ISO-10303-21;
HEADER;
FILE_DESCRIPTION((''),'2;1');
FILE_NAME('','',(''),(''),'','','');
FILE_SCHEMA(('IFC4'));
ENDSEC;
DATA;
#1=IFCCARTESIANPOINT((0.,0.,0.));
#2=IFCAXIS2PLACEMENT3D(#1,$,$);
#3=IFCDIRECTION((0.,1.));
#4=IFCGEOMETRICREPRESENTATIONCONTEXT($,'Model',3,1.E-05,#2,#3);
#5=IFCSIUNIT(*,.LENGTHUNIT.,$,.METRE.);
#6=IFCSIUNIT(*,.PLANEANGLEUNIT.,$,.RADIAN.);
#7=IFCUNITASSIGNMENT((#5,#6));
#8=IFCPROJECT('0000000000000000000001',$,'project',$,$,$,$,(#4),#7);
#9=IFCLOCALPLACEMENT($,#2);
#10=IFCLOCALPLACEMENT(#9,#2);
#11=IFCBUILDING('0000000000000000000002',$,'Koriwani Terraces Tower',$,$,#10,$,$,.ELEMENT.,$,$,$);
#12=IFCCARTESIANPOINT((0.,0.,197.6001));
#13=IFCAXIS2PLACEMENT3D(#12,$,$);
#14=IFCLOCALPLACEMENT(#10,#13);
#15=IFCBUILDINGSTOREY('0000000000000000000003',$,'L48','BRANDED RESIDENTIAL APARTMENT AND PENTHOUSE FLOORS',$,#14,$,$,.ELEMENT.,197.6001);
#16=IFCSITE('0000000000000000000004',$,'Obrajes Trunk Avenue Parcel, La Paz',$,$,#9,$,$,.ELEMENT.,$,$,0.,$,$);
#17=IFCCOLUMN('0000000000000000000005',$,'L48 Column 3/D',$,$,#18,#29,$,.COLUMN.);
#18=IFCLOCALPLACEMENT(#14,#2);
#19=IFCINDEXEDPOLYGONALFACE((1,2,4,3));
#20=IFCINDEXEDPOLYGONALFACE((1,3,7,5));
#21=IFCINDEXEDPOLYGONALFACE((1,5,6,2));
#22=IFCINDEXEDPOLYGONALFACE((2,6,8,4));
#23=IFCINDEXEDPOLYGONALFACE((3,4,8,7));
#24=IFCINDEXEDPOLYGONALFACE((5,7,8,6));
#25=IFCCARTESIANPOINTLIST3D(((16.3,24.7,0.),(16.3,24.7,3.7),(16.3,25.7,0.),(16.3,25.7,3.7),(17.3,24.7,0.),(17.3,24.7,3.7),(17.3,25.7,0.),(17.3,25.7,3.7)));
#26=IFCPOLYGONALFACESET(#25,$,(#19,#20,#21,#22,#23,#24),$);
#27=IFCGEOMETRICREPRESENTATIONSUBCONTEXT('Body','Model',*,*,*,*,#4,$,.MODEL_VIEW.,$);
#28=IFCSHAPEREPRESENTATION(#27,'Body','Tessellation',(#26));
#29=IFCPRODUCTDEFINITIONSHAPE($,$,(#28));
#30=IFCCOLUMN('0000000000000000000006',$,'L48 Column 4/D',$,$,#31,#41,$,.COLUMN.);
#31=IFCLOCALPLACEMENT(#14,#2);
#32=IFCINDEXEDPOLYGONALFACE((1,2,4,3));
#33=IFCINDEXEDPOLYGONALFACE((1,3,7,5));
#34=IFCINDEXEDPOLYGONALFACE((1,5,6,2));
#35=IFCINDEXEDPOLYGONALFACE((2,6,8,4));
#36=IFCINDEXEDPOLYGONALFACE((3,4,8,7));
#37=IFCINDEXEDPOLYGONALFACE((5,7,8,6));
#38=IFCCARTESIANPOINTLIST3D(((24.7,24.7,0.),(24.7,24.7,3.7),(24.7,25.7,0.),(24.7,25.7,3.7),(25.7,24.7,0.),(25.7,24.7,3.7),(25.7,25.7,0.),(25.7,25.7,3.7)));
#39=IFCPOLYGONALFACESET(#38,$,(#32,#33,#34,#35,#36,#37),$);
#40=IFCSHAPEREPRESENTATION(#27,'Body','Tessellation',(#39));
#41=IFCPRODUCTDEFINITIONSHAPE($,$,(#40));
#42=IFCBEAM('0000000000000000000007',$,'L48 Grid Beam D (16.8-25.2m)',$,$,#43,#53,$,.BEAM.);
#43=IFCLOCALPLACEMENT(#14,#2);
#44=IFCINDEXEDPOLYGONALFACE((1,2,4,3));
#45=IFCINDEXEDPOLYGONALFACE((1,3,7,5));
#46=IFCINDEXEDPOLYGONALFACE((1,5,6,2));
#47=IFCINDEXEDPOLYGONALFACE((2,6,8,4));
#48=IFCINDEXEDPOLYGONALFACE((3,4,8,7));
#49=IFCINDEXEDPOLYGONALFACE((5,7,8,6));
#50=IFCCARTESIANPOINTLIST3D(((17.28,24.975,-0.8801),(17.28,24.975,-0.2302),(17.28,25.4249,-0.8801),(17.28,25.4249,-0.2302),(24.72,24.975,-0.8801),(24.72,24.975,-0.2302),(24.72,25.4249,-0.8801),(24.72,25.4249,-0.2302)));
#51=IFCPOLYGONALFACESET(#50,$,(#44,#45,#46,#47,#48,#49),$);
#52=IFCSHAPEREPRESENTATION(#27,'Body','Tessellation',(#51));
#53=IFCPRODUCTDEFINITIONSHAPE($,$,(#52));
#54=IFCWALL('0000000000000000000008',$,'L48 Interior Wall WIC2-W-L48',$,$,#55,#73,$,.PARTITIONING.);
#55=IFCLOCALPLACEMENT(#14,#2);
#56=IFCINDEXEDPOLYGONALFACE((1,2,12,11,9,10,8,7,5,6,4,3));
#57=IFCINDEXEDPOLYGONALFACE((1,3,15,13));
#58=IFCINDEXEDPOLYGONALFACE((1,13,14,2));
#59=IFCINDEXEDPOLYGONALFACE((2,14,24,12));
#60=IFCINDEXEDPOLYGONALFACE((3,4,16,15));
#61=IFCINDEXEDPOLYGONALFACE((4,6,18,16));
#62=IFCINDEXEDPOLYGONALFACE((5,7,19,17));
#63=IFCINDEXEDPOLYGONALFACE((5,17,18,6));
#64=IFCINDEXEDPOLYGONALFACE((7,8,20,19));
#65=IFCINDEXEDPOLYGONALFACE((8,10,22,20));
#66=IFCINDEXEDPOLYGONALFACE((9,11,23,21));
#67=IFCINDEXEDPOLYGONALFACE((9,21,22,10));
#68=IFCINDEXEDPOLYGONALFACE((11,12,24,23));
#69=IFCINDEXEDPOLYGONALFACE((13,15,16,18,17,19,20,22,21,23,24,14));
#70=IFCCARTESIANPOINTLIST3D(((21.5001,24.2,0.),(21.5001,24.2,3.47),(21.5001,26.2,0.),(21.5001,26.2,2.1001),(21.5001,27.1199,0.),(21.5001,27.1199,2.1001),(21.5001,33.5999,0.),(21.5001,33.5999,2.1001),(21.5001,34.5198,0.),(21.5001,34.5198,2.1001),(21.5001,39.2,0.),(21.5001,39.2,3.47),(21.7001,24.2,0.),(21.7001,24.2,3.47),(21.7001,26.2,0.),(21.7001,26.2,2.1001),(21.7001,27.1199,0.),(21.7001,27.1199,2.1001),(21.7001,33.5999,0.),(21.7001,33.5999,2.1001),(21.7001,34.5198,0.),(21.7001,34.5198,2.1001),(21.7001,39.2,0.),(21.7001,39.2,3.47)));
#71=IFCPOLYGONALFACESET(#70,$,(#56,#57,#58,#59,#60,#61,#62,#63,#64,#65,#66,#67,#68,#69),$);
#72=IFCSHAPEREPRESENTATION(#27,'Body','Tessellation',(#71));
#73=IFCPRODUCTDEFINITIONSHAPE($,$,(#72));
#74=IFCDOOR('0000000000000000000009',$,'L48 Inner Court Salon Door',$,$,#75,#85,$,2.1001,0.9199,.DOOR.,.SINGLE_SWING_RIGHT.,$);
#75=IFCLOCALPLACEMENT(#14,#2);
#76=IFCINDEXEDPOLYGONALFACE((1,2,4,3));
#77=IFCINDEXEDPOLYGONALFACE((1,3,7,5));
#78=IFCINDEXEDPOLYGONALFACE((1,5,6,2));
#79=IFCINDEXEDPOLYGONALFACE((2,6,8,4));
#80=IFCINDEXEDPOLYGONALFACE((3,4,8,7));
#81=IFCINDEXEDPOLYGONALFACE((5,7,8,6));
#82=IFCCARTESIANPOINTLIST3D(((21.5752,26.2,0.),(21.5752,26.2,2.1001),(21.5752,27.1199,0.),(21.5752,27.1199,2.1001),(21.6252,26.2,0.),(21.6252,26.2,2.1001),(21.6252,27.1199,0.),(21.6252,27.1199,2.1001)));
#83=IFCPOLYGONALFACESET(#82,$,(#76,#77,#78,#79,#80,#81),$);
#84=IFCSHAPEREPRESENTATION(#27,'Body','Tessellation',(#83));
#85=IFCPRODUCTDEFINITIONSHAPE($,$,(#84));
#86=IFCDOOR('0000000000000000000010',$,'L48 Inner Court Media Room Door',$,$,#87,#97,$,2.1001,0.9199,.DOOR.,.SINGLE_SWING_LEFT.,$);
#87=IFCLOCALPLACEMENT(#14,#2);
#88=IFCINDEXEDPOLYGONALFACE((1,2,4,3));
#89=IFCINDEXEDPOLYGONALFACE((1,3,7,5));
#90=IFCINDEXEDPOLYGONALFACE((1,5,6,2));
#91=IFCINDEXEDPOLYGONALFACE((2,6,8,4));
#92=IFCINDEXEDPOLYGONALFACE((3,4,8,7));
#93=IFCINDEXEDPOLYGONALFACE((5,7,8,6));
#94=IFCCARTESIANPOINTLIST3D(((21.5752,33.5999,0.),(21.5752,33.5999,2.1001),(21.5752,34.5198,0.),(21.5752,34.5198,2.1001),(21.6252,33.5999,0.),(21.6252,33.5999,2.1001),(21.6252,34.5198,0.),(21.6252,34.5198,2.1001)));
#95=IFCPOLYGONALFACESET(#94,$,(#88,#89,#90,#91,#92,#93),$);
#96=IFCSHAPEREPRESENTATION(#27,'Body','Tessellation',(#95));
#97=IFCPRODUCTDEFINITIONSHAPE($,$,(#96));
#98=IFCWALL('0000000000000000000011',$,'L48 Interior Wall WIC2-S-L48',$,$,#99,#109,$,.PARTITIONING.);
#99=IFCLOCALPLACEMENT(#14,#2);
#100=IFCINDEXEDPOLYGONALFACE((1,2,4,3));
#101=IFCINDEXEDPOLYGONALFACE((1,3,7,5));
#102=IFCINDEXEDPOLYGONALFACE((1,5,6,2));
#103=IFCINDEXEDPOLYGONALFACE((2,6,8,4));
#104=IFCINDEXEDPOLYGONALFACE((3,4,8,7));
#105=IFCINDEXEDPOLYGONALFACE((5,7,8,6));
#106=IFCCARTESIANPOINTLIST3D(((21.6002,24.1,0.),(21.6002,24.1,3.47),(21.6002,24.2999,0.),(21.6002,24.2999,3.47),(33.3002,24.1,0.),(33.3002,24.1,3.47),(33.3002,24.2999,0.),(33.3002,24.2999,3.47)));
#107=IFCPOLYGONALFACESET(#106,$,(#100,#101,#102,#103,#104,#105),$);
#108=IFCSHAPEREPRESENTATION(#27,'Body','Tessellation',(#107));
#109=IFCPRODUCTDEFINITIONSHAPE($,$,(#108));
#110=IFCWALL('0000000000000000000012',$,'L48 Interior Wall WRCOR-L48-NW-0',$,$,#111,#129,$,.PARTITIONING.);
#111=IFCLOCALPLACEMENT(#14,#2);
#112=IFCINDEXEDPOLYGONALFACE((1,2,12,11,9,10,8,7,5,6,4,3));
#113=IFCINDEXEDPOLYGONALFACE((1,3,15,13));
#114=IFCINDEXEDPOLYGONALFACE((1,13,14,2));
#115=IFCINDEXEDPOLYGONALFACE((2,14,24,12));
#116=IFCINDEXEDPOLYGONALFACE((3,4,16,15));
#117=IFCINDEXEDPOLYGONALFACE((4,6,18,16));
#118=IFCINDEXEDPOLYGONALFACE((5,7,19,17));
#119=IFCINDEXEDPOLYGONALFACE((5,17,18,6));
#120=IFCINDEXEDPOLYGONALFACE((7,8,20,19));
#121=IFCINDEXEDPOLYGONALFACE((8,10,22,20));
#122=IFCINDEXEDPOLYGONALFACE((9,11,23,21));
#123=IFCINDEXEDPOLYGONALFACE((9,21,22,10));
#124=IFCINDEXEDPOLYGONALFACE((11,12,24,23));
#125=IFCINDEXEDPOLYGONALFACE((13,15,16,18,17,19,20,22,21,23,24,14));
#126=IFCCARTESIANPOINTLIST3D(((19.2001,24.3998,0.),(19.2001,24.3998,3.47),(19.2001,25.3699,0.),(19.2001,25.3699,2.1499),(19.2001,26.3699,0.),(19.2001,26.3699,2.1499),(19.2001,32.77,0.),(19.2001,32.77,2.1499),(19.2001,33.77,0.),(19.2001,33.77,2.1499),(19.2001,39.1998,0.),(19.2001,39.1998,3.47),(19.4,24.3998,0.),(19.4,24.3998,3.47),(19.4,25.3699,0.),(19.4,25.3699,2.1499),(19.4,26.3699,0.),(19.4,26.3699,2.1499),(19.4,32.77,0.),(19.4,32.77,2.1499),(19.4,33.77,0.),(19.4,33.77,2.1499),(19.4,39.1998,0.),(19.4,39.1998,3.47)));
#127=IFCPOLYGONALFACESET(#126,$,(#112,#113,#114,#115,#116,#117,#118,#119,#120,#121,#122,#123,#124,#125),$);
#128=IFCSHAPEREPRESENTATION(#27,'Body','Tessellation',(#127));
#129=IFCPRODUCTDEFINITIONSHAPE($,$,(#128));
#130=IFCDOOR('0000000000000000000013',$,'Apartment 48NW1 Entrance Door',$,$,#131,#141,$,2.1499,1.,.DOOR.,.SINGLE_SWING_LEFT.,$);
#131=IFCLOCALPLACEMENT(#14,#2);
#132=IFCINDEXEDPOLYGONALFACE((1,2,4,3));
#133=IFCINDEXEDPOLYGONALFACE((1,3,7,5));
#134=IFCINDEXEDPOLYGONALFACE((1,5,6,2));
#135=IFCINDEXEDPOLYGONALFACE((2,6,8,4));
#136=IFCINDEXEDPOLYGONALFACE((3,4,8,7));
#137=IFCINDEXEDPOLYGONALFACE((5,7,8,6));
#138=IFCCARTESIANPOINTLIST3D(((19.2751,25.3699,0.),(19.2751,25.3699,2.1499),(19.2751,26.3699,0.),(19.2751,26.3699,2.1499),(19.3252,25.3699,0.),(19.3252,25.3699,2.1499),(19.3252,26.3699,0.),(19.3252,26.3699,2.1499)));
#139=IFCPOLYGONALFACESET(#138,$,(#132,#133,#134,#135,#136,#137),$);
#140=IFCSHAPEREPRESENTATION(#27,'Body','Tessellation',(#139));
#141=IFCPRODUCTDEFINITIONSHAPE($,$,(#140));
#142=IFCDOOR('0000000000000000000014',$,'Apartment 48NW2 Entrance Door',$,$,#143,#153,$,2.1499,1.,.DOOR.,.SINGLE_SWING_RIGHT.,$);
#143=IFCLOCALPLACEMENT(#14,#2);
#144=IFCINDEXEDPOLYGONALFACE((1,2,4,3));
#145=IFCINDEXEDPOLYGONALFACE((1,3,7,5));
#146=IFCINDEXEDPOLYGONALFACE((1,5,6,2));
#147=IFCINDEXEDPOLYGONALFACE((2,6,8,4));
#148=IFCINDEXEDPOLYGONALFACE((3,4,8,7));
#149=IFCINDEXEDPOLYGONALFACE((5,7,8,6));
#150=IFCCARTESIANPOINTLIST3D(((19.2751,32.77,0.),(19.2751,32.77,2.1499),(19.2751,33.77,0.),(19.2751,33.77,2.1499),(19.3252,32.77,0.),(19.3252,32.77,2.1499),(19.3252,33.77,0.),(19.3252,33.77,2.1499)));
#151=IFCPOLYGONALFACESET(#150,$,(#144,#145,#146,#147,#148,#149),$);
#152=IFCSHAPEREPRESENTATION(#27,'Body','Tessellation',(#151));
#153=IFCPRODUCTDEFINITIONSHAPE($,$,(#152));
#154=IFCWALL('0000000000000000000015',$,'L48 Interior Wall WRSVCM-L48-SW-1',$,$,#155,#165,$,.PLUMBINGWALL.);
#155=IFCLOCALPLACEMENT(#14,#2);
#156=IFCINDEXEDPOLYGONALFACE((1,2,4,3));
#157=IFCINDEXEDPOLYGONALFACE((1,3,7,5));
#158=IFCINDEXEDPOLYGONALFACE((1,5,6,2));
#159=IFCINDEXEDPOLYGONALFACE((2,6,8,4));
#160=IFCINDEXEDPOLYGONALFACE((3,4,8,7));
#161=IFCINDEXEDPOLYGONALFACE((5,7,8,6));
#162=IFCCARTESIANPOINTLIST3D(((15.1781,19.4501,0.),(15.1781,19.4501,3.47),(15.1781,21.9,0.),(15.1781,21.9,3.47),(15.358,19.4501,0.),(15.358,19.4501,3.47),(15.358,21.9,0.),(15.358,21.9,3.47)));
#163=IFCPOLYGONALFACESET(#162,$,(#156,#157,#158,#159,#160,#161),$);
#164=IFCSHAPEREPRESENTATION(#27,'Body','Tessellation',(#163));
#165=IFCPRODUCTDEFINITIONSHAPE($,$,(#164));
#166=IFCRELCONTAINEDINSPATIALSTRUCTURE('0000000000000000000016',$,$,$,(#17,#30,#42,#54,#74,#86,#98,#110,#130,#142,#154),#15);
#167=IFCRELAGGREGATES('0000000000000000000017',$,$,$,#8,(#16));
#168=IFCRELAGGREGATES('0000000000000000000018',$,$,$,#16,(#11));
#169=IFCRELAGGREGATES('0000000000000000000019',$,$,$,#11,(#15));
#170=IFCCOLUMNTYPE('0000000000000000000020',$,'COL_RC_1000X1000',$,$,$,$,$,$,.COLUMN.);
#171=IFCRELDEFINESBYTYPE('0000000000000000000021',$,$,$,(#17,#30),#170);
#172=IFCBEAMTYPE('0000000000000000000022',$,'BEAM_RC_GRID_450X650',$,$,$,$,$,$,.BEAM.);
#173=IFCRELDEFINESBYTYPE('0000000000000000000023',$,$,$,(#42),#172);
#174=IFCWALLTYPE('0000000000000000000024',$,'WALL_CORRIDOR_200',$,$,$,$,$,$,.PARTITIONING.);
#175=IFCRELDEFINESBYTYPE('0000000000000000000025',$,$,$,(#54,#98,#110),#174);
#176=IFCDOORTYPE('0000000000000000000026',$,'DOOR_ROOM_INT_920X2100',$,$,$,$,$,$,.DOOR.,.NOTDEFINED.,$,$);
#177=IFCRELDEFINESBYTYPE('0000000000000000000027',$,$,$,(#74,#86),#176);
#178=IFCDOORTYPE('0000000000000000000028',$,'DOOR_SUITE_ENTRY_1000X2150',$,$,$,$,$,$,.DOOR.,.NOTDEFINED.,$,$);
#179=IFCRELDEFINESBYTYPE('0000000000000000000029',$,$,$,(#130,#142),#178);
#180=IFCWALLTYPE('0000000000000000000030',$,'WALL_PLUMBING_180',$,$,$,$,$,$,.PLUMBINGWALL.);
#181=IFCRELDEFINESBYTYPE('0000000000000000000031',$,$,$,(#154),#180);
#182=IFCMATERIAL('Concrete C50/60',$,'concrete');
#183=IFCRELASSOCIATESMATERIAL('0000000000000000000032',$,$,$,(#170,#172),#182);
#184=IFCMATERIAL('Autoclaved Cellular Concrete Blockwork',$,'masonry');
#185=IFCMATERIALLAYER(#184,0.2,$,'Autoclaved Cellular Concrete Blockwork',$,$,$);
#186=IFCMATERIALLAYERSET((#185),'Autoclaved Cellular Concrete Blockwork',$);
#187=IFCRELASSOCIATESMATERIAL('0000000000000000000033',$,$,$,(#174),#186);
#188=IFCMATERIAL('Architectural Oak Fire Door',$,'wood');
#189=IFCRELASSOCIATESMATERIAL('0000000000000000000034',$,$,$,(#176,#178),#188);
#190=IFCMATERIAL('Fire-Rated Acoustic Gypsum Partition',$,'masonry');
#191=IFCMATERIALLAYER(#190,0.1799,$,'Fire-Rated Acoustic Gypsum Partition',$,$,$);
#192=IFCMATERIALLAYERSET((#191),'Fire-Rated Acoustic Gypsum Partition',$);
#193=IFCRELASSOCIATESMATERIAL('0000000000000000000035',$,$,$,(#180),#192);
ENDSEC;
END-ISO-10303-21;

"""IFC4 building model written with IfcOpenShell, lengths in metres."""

from ifc_helpers import new_model, si_unit, direction, frame, frame_2d, origin, origin_2d, place, context, subcontext, project, spatial, rectangle, extrude, material, layer, layer_set, material_profile, profile_set, type_object, element, fill, save


model = new_model("IFC4")

# Units and contexts
model_context = context("Model", 3, precision=1e-05, world=origin(), true_north=direction((0.0, 1.0)))
body_context = subcontext(model_context, "Body", "Model", "MODEL_VIEW")
ifc_project = project(units=[si_unit("LENGTHUNIT", "METRE"), si_unit("PLANEANGLEUNIT", "RADIAN")], contexts=[model_context])

# Site, building, storey
site_placement = place(None, origin())
site = spatial("IfcSite", under=ifc_project, at=site_placement, Name="Obrajes Trunk Avenue Parcel, La Paz", CompositionType="ELEMENT", RefElevation=0.0)
building_placement = place(site_placement, origin())
building = spatial("IfcBuilding", under=site, at=building_placement, Name="Koriwani Terraces Tower", CompositionType="ELEMENT")
storey_placement = place(building_placement, frame((0.0, 0.0, 197.6001)))
storey = spatial("IfcBuildingStorey", under=building, at=storey_placement, Name="L48", Description="BRANDED RESIDENTIAL APARTMENT AND PENTHOUSE FLOORS", CompositionType="ELEMENT", Elevation=197.6001)

# Columns
ifc_material_1 = material(Name="Concrete C50/60", Category="concrete")
ifc_material_profile_1 = material_profile(ifc_material_1, rectangle(XDim=1.0, YDim=1.0, at=origin_2d()), Name="Concrete C50/60", Category="LoadBearing")
ifc_profile_set_1 = profile_set([ifc_material_profile_1], Name="Concrete C50/60")
column_type = type_object("IfcColumnType", Name="COL_RC_1000X1000", PredefinedType="COLUMN", material=ifc_profile_set_1)
for number, where, z_axis, x_axis, name in (
    (1, (16.8, 25.2, 0.0), (0.0, 0.0, 1.0), (1.0, 0.0, 0.0), "L48 Column 3/D"),
    (2, (25.2, 25.2, 0.0), (0.0, 0.0, 1.0), (1.0, 0.0, 0.0), "L48 Column 4/D"),
):
    element("IfcColumn", number, at=place(storey_placement, frame(where, z_axis=z_axis, x_axis=x_axis)), inside=storey, type_object=column_type, Name=name, PredefinedType="COLUMN", context=body_context, shape_type="SweptSolid", body=[
        extrude(rectangle(XDim=1.0, YDim=1.0, at=origin_2d()), origin(), (0.0, 0.0, 1.0), 3.7),
    ])

# Beam
ifc_material_profile_2 = material_profile(ifc_material_1, rectangle(XDim=0.45, YDim=0.6499, at=origin_2d()), Name="Concrete C50/60", Category="LoadBearing")
ifc_profile_set_2 = profile_set([ifc_material_profile_2], Name="Concrete C50/60")
beam_type = type_object("IfcBeamType", Name="BEAM_RC_GRID_450X650", PredefinedType="BEAM", material=ifc_profile_set_2)
beam_placement = place(storey_placement, frame((17.28, 25.2, -0.5552), z_axis=(1.0, 0.0, 0.0), x_axis=(0.0, 1.0, 0.0)))
element("IfcBeam", 3, at=beam_placement, inside=storey, type_object=beam_type, Name="L48 Grid Beam D (16.8-25.2m)", PredefinedType="BEAM", context=body_context, shape_type="SweptSolid", body=[
    extrude(rectangle(XDim=0.45, YDim=0.6499, at=origin_2d()), origin(), (0.0, 0.0, 1.0), 7.4399),
])

# Wall, openings, doors
ifc_material_2 = material(Name="Autoclaved Cellular Concrete Blockwork", Category="masonry")
ifc_layer_1 = layer(ifc_material_2, 0.2, Name="Autoclaved Cellular Concrete Blockwork")
ifc_layer_set_1 = layer_set([ifc_layer_1], Name="Autoclaved Cellular Concrete Blockwork")
wall_type_1 = type_object("IfcWallType", Name="WALL_CORRIDOR_200", PredefinedType="PARTITIONING", material=ifc_layer_set_1)
wall_1_placement = place(storey_placement, frame((21.6001, 24.2, 0.0), z_axis=(0.0, 0.0, 1.0), x_axis=(0.0, 1.0, 0.0)))
wall_1 = element("IfcWall", 4, at=wall_1_placement, inside=storey, type_object=wall_type_1, Name="L48 Interior Wall WIC2-W-L48", PredefinedType="PARTITIONING", context=body_context, shape_type="SweptSolid", body=[
    extrude(rectangle(XDim=15.0, YDim=0.2, at=frame_2d((7.5, 0.0))), origin(), (0.0, 0.0, 1.0), 3.47),
])
opening_1_placement = place(wall_1_placement, frame((2.0, 0.0, 0.0)))
opening_1 = element("IfcOpeningElement", 5, at=opening_1_placement, cuts=wall_1, PredefinedType="OPENING", context=body_context, shape_type="SweptSolid", body=[
    extrude(rectangle(XDim=0.9199, YDim=2.1001, at=frame_2d((0.46, 1.05))), frame((0.0, 0.1099, 0.0), z_axis=(0.0, -1.0, 0.0), x_axis=(1.0, 0.0, 0.0)), (0.0, 0.0, 1.0), 0.22),
])
opening_2_placement = place(wall_1_placement, frame((9.3999, 0.0, 0.0)))
opening_2 = element("IfcOpeningElement", 6, at=opening_2_placement, cuts=wall_1, PredefinedType="OPENING", context=body_context, shape_type="SweptSolid", body=[
    extrude(rectangle(XDim=0.9199, YDim=2.1001, at=frame_2d((0.46, 1.05))), frame((0.0, 0.1099, 0.0), z_axis=(0.0, -1.0, 0.0), x_axis=(1.0, 0.0, 0.0)), (0.0, 0.0, 1.0), 0.22),
])
ifc_material_3 = material(Name="Architectural Oak Fire Door", Category="wood")
door_type_1 = type_object("IfcDoorType", Name="DOOR_ROOM_INT_920X2100", OperationType="NOTDEFINED", PredefinedType="DOOR", material=ifc_material_3)
door_1_placement = place(opening_1_placement, origin())
door_1 = element("IfcDoor", 7, at=door_1_placement, inside=storey, type_object=door_type_1, Name="L48 Inner Court Salon Door", OperationType="SINGLE_SWING_RIGHT", OverallHeight=2.1001, OverallWidth=0.9199, PredefinedType="DOOR", context=body_context, shape_type="SweptSolid", body=[
    extrude(rectangle(XDim=0.9199, YDim=2.1001, at=frame_2d((0.46, 1.05))), frame((0.0, 0.0249, 0.0), z_axis=(0.0, -1.0, 0.0), x_axis=(1.0, 0.0, 0.0)), (0.0, 0.0, 1.0), 0.05),
])
fill(opening_1, door_1)
door_2_placement = place(opening_2_placement, origin())
door_2 = element("IfcDoor", 8, at=door_2_placement, inside=storey, type_object=door_type_1, Name="L48 Inner Court Media Room Door", OperationType="SINGLE_SWING_LEFT", OverallHeight=2.1001, OverallWidth=0.9199, PredefinedType="DOOR", context=body_context, shape_type="SweptSolid", body=[
    extrude(rectangle(XDim=0.9199, YDim=2.1001, at=frame_2d((0.46, 1.05))), frame((0.0, 0.0249, 0.0), z_axis=(0.0, -1.0, 0.0), x_axis=(1.0, 0.0, 0.0)), (0.0, 0.0, 1.0), 0.05),
])
fill(opening_2, door_2)

# Wall
wall_2_placement = place(storey_placement, frame((21.6001, 24.2, 0.0), z_axis=(0.0, 0.0, 1.0), x_axis=(1.0, 0.0, 0.0)))
element("IfcWall", 9, at=wall_2_placement, inside=storey, type_object=wall_type_1, Name="L48 Interior Wall WIC2-S-L48", PredefinedType="PARTITIONING", context=body_context, shape_type="SweptSolid", body=[
    extrude(rectangle(XDim=11.7, YDim=0.2, at=frame_2d((5.8501, 0.0))), origin(), (0.0, 0.0, 1.0), 3.47),
])

# Wall, openings, doors
wall_3_placement = place(storey_placement, frame((19.3, 24.3999, 0.0), z_axis=(0.0, 0.0, 1.0), x_axis=(0.0, 1.0, 0.0)))
wall_3 = element("IfcWall", 10, at=wall_3_placement, inside=storey, type_object=wall_type_1, Name="L48 Interior Wall WRCOR-L48-NW-0", PredefinedType="PARTITIONING", context=body_context, shape_type="SweptSolid", body=[
    extrude(rectangle(XDim=14.8, YDim=0.2, at=frame_2d((7.3999, 0.0))), origin(), (0.0, 0.0, 1.0), 3.47),
])
opening_3_placement = place(wall_3_placement, frame((0.97, 0.0, 0.0)))
opening_3 = element("IfcOpeningElement", 11, at=opening_3_placement, cuts=wall_3, PredefinedType="OPENING", context=body_context, shape_type="SweptSolid", body=[
    extrude(rectangle(XDim=1.0, YDim=2.1499, at=frame_2d((0.5, 1.075))), frame((0.0, 0.1099, 0.0), z_axis=(0.0, -1.0, 0.0), x_axis=(1.0, 0.0, 0.0)), (0.0, 0.0, 1.0), 0.22),
])
opening_4_placement = place(wall_3_placement, frame((8.3701, 0.0, 0.0)))
opening_4 = element("IfcOpeningElement", 12, at=opening_4_placement, cuts=wall_3, PredefinedType="OPENING", context=body_context, shape_type="SweptSolid", body=[
    extrude(rectangle(XDim=1.0, YDim=2.1499, at=frame_2d((0.5, 1.075))), frame((0.0, 0.1099, 0.0), z_axis=(0.0, -1.0, 0.0), x_axis=(1.0, 0.0, 0.0)), (0.0, 0.0, 1.0), 0.22),
])
door_type_2 = type_object("IfcDoorType", Name="DOOR_SUITE_ENTRY_1000X2150", OperationType="NOTDEFINED", PredefinedType="DOOR", material=ifc_material_3)
door_3_placement = place(opening_3_placement, origin())
door_3 = element("IfcDoor", 13, at=door_3_placement, inside=storey, type_object=door_type_2, Name="Apartment 48NW1 Entrance Door", OperationType="SINGLE_SWING_LEFT", OverallHeight=2.1499, OverallWidth=1.0, PredefinedType="DOOR", context=body_context, shape_type="SweptSolid", body=[
    extrude(rectangle(XDim=1.0, YDim=2.1499, at=frame_2d((0.5, 1.075))), frame((0.0, 0.0249, 0.0), z_axis=(0.0, -1.0, 0.0), x_axis=(1.0, 0.0, 0.0)), (0.0, 0.0, 1.0), 0.05),
])
fill(opening_3, door_3)
door_4_placement = place(opening_4_placement, origin())
door_4 = element("IfcDoor", 14, at=door_4_placement, inside=storey, type_object=door_type_2, Name="Apartment 48NW2 Entrance Door", OperationType="SINGLE_SWING_RIGHT", OverallHeight=2.1499, OverallWidth=1.0, PredefinedType="DOOR", context=body_context, shape_type="SweptSolid", body=[
    extrude(rectangle(XDim=1.0, YDim=2.1499, at=frame_2d((0.5, 1.075))), frame((0.0, 0.0249, 0.0), z_axis=(0.0, -1.0, 0.0), x_axis=(1.0, 0.0, 0.0)), (0.0, 0.0, 1.0), 0.05),
])
fill(opening_4, door_4)

# Wall
ifc_material_4 = material(Name="Fire-Rated Acoustic Gypsum Partition", Category="masonry")
ifc_layer_2 = layer(ifc_material_4, 0.1799, Name="Fire-Rated Acoustic Gypsum Partition")
ifc_layer_set_2 = layer_set([ifc_layer_2], Name="Fire-Rated Acoustic Gypsum Partition")
wall_type_2 = type_object("IfcWallType", Name="WALL_PLUMBING_180", PredefinedType="PLUMBINGWALL", material=ifc_layer_set_2)
wall_4_placement = place(storey_placement, frame((15.2681, 19.45, 0.0), z_axis=(0.0, 0.0, 1.0), x_axis=(0.0, 1.0, 0.0)))
element("IfcWall", 15, at=wall_4_placement, inside=storey, type_object=wall_type_2, Name="L48 Interior Wall WRSVCM-L48-SW-1", PredefinedType="PLUMBINGWALL", context=body_context, shape_type="SweptSolid", body=[
    extrude(rectangle(XDim=2.45, YDim=0.1799, at=frame_2d((1.2251, 0.0))), origin(), (0.0, 0.0, 1.0), 3.47),
])

save(model, "model.ifc")
